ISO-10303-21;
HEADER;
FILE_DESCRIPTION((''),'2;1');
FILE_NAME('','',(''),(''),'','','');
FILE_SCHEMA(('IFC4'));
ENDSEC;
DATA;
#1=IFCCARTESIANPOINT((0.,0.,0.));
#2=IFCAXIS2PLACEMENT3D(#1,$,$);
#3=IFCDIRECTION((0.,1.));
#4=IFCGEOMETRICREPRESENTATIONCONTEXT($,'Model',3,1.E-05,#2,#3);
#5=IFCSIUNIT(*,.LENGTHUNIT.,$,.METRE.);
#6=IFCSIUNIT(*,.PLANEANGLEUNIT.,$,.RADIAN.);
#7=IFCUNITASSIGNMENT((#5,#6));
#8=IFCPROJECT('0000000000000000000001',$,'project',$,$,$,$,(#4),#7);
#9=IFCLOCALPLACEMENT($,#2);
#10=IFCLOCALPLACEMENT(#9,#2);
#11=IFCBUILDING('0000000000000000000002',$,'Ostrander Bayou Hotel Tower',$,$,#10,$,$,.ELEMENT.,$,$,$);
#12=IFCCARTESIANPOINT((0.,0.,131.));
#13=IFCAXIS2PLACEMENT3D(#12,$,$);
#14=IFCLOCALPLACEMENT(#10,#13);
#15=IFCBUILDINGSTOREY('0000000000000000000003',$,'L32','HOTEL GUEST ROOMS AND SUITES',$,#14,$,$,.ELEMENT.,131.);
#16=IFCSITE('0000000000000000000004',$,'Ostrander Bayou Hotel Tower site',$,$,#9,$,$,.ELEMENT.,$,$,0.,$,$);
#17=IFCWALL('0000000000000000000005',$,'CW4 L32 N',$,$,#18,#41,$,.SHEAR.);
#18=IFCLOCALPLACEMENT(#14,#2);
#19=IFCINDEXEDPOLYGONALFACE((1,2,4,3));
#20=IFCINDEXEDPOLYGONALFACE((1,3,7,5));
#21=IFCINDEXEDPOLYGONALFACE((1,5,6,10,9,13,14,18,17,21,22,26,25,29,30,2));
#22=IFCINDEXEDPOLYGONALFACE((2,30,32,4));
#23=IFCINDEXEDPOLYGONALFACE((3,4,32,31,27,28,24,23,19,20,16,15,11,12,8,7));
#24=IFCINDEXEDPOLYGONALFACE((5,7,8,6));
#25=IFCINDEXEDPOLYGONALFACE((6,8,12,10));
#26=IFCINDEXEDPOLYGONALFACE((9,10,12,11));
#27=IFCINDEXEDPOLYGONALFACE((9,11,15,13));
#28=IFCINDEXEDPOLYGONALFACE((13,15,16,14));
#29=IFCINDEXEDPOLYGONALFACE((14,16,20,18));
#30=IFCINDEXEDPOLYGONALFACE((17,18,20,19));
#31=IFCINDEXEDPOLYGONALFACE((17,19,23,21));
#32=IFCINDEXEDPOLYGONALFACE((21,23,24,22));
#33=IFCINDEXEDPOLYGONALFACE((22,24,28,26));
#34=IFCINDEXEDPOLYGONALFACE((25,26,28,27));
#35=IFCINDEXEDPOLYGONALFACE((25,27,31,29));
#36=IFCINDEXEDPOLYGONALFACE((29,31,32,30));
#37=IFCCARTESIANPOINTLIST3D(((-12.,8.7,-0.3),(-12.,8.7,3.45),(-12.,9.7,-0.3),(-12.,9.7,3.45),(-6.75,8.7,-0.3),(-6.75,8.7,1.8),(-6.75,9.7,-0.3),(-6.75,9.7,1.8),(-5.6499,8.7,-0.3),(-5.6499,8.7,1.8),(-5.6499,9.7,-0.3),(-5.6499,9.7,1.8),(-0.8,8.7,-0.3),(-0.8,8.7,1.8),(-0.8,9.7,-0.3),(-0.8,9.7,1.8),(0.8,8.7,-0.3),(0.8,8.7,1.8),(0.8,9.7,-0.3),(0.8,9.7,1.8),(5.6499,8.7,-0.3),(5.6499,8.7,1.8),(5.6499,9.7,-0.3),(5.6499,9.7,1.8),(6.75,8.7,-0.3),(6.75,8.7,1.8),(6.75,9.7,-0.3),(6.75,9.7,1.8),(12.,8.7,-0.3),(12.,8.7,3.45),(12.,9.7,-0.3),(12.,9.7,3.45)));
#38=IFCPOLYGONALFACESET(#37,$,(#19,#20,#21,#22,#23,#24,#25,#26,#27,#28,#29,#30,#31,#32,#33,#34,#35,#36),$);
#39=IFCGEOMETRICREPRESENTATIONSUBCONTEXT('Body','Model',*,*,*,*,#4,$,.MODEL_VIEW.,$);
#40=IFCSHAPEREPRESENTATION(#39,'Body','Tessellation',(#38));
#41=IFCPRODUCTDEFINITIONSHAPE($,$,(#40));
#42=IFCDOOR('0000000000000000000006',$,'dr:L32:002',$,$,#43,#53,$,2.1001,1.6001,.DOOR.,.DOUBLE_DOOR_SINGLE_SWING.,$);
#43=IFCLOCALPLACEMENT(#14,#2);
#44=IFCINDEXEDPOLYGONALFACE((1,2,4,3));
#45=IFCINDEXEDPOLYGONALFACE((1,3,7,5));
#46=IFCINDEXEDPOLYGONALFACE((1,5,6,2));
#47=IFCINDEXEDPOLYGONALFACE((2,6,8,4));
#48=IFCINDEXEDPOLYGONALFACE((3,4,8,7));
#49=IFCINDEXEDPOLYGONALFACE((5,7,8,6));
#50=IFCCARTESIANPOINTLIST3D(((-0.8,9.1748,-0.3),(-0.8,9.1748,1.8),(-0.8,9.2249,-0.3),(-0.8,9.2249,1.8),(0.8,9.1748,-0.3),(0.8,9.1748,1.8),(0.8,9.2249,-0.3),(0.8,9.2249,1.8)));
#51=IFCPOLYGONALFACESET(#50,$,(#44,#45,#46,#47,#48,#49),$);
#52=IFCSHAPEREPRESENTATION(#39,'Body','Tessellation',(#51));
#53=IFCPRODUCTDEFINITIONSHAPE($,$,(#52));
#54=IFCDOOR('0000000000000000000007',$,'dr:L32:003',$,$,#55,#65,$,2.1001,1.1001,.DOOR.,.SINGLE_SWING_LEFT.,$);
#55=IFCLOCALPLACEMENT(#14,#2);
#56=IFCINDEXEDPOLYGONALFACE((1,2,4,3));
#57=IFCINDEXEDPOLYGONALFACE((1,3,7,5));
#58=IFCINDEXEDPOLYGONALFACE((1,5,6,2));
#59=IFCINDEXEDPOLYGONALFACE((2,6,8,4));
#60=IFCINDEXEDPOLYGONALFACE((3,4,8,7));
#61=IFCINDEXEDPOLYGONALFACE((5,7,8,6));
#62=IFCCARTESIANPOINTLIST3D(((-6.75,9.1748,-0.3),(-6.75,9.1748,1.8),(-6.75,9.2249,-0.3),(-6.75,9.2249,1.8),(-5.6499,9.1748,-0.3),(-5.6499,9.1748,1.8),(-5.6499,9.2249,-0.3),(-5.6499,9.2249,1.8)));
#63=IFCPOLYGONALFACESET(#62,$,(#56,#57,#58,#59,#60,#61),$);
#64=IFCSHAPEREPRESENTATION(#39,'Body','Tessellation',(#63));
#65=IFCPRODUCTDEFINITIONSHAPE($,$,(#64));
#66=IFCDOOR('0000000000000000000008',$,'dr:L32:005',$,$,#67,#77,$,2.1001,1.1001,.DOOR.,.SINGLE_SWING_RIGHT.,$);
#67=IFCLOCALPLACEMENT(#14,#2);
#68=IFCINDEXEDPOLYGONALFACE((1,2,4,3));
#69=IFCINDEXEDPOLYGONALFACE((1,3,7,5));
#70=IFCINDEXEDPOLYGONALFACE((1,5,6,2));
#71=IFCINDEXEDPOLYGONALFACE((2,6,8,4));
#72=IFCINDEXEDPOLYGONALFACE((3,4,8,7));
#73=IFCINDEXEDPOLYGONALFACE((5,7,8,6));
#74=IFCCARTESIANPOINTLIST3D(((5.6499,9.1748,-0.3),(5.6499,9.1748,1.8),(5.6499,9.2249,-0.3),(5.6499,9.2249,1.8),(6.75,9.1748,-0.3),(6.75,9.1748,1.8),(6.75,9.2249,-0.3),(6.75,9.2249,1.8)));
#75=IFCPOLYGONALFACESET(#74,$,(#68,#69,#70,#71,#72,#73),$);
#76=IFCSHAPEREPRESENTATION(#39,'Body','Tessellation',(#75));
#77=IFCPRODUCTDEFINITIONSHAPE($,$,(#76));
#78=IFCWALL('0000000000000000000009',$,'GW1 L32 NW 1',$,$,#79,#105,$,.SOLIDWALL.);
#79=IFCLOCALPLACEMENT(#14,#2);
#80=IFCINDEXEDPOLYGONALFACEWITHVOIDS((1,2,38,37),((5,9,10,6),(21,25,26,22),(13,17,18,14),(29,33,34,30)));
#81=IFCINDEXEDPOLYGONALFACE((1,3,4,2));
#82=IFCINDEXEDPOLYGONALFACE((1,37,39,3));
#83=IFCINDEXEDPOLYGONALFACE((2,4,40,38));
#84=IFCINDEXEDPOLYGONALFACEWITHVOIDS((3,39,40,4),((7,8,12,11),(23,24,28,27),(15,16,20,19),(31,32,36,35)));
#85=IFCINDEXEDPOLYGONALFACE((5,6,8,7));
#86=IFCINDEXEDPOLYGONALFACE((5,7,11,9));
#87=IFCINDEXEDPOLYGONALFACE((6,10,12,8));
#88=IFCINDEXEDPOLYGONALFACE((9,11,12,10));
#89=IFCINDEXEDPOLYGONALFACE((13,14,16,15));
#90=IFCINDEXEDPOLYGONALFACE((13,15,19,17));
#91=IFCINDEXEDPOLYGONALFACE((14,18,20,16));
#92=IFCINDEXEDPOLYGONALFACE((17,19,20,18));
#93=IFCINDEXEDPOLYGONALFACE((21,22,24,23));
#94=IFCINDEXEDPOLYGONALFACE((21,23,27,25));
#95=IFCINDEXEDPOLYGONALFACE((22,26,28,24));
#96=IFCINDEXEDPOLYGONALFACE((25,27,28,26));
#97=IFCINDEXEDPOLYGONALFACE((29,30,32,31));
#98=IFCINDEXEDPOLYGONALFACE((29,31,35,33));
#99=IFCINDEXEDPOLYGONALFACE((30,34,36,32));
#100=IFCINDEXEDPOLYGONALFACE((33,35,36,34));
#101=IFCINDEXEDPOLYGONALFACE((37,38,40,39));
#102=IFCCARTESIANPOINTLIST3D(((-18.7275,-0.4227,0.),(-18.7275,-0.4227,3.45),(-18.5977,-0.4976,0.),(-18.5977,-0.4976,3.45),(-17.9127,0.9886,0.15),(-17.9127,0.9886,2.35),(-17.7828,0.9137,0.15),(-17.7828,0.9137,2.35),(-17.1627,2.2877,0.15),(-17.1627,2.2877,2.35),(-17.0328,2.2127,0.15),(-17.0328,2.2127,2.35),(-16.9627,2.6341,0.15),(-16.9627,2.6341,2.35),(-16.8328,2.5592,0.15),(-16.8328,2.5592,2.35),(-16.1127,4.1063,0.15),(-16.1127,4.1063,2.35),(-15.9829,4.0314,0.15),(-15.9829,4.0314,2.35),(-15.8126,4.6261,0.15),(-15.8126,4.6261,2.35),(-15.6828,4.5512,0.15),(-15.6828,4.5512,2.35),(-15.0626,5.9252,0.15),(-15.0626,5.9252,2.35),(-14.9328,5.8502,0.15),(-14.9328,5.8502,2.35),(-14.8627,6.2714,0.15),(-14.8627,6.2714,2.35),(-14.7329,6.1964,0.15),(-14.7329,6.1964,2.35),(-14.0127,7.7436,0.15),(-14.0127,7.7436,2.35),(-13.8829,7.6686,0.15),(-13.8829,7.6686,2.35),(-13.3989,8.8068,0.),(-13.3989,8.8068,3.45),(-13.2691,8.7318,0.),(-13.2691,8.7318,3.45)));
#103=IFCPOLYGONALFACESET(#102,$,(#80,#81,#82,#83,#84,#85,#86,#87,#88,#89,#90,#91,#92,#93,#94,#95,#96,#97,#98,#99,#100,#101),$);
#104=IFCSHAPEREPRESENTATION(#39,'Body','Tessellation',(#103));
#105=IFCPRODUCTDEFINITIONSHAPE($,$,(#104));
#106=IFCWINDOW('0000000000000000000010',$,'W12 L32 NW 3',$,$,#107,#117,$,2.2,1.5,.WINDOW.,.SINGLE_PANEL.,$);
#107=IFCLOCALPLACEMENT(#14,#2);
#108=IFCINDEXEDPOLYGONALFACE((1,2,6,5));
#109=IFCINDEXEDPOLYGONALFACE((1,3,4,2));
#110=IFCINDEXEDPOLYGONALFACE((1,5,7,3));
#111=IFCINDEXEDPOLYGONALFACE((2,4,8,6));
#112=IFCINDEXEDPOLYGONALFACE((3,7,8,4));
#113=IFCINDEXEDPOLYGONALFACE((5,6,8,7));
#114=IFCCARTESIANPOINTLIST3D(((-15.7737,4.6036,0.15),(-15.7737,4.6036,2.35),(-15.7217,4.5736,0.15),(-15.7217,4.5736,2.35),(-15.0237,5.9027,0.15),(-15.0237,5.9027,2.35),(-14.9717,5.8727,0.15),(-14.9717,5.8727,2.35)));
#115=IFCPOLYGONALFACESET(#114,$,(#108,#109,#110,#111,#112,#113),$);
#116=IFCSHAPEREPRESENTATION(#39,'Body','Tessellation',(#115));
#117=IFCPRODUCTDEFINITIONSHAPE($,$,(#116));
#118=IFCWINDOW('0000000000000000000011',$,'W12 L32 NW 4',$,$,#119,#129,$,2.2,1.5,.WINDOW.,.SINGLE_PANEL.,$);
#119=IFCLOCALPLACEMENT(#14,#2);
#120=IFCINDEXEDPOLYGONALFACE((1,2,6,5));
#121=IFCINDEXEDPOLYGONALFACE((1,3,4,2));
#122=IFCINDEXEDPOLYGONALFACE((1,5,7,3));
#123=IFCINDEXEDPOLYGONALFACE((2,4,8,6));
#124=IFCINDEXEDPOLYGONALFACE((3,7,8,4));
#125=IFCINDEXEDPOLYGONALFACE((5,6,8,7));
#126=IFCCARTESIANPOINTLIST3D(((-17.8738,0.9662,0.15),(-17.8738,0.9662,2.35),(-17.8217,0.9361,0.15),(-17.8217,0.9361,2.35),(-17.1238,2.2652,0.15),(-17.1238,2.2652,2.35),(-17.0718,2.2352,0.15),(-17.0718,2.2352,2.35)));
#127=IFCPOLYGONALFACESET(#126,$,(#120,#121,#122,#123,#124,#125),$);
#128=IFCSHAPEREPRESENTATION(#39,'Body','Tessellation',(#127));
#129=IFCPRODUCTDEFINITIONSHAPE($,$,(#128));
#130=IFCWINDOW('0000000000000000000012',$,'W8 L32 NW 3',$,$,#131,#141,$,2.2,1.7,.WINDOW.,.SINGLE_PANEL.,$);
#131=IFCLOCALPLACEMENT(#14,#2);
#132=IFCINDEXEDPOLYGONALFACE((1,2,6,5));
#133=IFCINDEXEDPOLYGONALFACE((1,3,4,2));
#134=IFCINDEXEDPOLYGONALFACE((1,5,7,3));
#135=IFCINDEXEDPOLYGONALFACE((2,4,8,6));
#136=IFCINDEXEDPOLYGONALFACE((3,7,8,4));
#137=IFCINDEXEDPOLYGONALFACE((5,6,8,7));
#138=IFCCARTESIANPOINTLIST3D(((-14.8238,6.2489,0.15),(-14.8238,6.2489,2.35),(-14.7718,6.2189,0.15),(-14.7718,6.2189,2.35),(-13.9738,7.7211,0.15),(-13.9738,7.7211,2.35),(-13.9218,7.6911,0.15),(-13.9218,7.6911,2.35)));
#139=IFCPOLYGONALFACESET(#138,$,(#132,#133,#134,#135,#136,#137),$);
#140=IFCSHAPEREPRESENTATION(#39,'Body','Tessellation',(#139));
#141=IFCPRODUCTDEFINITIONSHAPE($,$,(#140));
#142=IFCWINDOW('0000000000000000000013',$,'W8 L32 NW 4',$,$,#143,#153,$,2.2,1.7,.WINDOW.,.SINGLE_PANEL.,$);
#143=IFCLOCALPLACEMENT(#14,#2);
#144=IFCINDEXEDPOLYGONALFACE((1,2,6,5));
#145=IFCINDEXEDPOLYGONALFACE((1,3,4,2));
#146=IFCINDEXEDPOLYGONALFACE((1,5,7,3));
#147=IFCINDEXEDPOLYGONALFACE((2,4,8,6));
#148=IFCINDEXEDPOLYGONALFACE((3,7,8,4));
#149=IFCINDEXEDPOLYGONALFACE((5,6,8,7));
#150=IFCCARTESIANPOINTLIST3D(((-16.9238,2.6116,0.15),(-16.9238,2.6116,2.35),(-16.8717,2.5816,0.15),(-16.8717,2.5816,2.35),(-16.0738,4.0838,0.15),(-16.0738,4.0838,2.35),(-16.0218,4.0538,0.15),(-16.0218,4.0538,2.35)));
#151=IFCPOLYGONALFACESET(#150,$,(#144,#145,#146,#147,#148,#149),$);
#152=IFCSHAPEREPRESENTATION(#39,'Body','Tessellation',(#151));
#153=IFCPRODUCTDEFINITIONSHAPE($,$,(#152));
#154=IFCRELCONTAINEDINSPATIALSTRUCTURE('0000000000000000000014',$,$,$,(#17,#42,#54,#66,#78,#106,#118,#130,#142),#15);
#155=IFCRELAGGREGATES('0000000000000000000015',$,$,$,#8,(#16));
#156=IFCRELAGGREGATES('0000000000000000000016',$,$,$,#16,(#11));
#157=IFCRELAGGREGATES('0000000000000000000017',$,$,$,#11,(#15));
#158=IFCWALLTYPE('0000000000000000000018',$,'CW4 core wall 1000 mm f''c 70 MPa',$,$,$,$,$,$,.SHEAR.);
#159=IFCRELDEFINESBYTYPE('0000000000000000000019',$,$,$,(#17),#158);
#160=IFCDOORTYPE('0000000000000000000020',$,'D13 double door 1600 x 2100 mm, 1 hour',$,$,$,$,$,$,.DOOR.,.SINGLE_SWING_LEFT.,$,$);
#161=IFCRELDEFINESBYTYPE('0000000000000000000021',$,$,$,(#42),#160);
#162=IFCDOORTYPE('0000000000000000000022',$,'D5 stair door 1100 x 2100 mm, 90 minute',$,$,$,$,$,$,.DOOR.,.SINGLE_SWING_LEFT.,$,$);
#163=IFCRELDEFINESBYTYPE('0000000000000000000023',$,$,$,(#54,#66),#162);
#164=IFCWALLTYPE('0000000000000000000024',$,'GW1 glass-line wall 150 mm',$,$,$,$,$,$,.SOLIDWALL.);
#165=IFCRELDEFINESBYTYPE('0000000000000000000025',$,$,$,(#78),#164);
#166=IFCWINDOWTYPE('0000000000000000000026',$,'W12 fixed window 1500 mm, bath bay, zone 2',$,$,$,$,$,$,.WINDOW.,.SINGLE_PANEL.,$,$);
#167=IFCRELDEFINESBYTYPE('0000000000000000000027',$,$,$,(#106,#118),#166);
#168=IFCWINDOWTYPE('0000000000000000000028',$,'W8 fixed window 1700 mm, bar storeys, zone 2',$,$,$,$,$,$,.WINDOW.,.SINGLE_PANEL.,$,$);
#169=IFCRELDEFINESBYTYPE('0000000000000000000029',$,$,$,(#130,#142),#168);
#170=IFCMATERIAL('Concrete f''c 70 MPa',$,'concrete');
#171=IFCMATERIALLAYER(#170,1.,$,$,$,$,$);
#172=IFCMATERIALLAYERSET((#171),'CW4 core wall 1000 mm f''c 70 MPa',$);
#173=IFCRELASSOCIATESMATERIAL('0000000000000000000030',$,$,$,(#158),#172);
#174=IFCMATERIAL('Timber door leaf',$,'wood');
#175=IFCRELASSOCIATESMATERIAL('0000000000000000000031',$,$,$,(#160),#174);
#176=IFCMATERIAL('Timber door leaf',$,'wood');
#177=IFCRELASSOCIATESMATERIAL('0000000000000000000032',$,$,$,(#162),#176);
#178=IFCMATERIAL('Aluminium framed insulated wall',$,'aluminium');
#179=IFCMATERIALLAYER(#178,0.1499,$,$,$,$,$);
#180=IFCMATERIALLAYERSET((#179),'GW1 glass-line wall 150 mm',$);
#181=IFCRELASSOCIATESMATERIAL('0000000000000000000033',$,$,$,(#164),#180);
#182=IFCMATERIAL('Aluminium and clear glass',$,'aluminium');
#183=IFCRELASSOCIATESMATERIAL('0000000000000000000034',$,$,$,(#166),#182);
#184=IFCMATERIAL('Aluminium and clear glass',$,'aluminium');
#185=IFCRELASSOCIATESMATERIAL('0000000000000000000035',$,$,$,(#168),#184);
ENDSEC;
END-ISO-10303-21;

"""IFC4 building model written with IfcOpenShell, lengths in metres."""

from ifc_helpers import new_model, si_unit, direction, frame, frame_2d, origin, place, context, subcontext, project, spatial, rectangle, extrude, material, layer, layer_set, type_object, element, fill, save


model = new_model("IFC4")

# Units and contexts
model_context = context("Model", 3, precision=1e-05, world=origin(), true_north=direction((0.0, 1.0)))
body_context = subcontext(model_context, "Body", "Model", "MODEL_VIEW")
ifc_project = project(units=[si_unit("LENGTHUNIT", "METRE"), si_unit("PLANEANGLEUNIT", "RADIAN")], contexts=[model_context])

# Site, building, storey
site_placement = place(None, origin())
site = spatial("IfcSite", under=ifc_project, at=site_placement, Name="Ostrander Bayou Hotel Tower site", CompositionType="ELEMENT", RefElevation=0.0)
building_placement = place(site_placement, origin())
building = spatial("IfcBuilding", under=site, at=building_placement, Name="Ostrander Bayou Hotel Tower", CompositionType="ELEMENT")
storey_placement = place(building_placement, frame((0.0, 0.0, 131.0)))
storey = spatial("IfcBuildingStorey", under=building, at=storey_placement, Name="L32", Description="HOTEL GUEST ROOMS AND SUITES", CompositionType="ELEMENT", Elevation=131.0)

# Wall, openings, doors
ifc_material_1 = material(Name="Concrete f'c 70 MPa", Category="concrete")
ifc_layer_1 = layer(ifc_material_1, 1.0)
ifc_layer_set_1 = layer_set([ifc_layer_1], Name="CW4 core wall 1000 mm f'c 70 MPa")
wall_type_1 = type_object("IfcWallType", Name="CW4 core wall 1000 mm f'c 70 MPa", PredefinedType="SHEAR", material=ifc_layer_set_1)
wall_1_placement = place(storey_placement, frame((-12.0, 9.2, -0.3), z_axis=(0.0, 0.0, 1.0), x_axis=(1.0, 0.0, 0.0)))
wall_1 = element("IfcWall", 1, at=wall_1_placement, inside=storey, type_object=wall_type_1, Name="CW4 L32 N", PredefinedType="SHEAR", context=body_context, shape_type="SweptSolid", body=[
    extrude(rectangle(XDim=24.0, YDim=1.0, at=frame_2d((12.0, 0.0))), origin(), (0.0, 0.0, 1.0), 3.75),
])
opening_1_placement = place(wall_1_placement, frame((11.2, 0.0, 0.0)))
opening_1 = element("IfcOpeningElement", 2, at=opening_1_placement, cuts=wall_1, PredefinedType="OPENING", context=body_context, shape_type="SweptSolid", body=[
    extrude(rectangle(XDim=1.6001, YDim=2.1001, at=frame_2d((0.8, 1.05))), frame((0.0, 0.5, 0.0), z_axis=(0.0, -1.0, 0.0), x_axis=(1.0, 0.0, 0.0)), (0.0, 0.0, 1.0), 1.0),
])
opening_2_placement = place(wall_1_placement, frame((5.25, 0.0, 0.0)))
opening_2 = element("IfcOpeningElement", 3, at=opening_2_placement, cuts=wall_1, PredefinedType="OPENING", context=body_context, shape_type="SweptSolid", body=[
    extrude(rectangle(XDim=1.1001, YDim=2.1001, at=frame_2d((0.55, 1.05))), frame((0.0, 0.5, 0.0), z_axis=(0.0, -1.0, 0.0), x_axis=(1.0, 0.0, 0.0)), (0.0, 0.0, 1.0), 1.0),
])
opening_3_placement = place(wall_1_placement, frame((17.6499, 0.0, 0.0)))
opening_3 = element("IfcOpeningElement", 4, at=opening_3_placement, cuts=wall_1, PredefinedType="OPENING", context=body_context, shape_type="SweptSolid", body=[
    extrude(rectangle(XDim=1.1001, YDim=2.1001, at=frame_2d((0.55, 1.05))), frame((0.0, 0.5, 0.0), z_axis=(0.0, -1.0, 0.0), x_axis=(1.0, 0.0, 0.0)), (0.0, 0.0, 1.0), 1.0),
])
ifc_material_2 = material(Name="Timber door leaf", Category="wood")
door_type_1 = type_object("IfcDoorType", Name="D13 double door 1600 x 2100 mm, 1 hour", OperationType="SINGLE_SWING_LEFT", PredefinedType="DOOR", material=ifc_material_2)
door_1_placement = place(opening_1_placement, origin())
door_1 = element("IfcDoor", 5, at=door_1_placement, inside=storey, type_object=door_type_1, Name="dr:L32:002", OperationType="DOUBLE_DOOR_SINGLE_SWING", OverallHeight=2.1001, OverallWidth=1.6001, PredefinedType="DOOR", context=body_context, shape_type="SweptSolid", body=[
    extrude(rectangle(XDim=1.6001, YDim=2.1001, at=frame_2d((0.8, 1.05))), frame((0.0, 0.0249, 0.0), z_axis=(0.0, -1.0, 0.0), x_axis=(1.0, 0.0, 0.0)), (0.0, 0.0, 1.0), 0.05),
])
fill(opening_1, door_1)
ifc_material_3 = material(Name="Timber door leaf", Category="wood")
door_type_2 = type_object("IfcDoorType", Name="D5 stair door 1100 x 2100 mm, 90 minute", OperationType="SINGLE_SWING_LEFT", PredefinedType="DOOR", material=ifc_material_3)
door_2_placement = place(opening_2_placement, origin())
door_2 = element("IfcDoor", 6, at=door_2_placement, inside=storey, type_object=door_type_2, Name="dr:L32:003", OperationType="SINGLE_SWING_LEFT", OverallHeight=2.1001, OverallWidth=1.1001, PredefinedType="DOOR", context=body_context, shape_type="SweptSolid", body=[
    extrude(rectangle(XDim=1.1001, YDim=2.1001, at=frame_2d((0.55, 1.05))), frame((0.0, 0.0249, 0.0), z_axis=(0.0, -1.0, 0.0), x_axis=(1.0, 0.0, 0.0)), (0.0, 0.0, 1.0), 0.05),
])
fill(opening_2, door_2)
door_3_placement = place(opening_3_placement, origin())
door_3 = element("IfcDoor", 7, at=door_3_placement, inside=storey, type_object=door_type_2, Name="dr:L32:005", OperationType="SINGLE_SWING_RIGHT", OverallHeight=2.1001, OverallWidth=1.1001, PredefinedType="DOOR", context=body_context, shape_type="SweptSolid", body=[
    extrude(rectangle(XDim=1.1001, YDim=2.1001, at=frame_2d((0.55, 1.05))), frame((0.0, 0.0249, 0.0), z_axis=(0.0, -1.0, 0.0), x_axis=(1.0, 0.0, 0.0)), (0.0, 0.0, 1.0), 0.05),
])
fill(opening_3, door_3)

# Wall, openings, windows
ifc_material_4 = material(Name="Aluminium framed insulated wall", Category="aluminium")
ifc_layer_2 = layer(ifc_material_4, 0.1499)
ifc_layer_set_2 = layer_set([ifc_layer_2], Name="GW1 glass-line wall 150 mm")
wall_type_2 = type_object("IfcWallType", Name="GW1 glass-line wall 150 mm", PredefinedType="SOLIDWALL", material=ifc_layer_set_2)
wall_2_placement = place(storey_placement, frame((-13.334, 8.7693, 0.0), z_axis=(0.0, 0.0, 1.0), x_axis=(-0.499997, -0.866027, 0.0)))
wall_2 = element("IfcWall", 8, at=wall_2_placement, inside=storey, type_object=wall_type_2, Name="GW1 L32 NW 1", PredefinedType="SOLIDWALL", context=body_context, shape_type="SweptSolid", body=[
    extrude(rectangle(XDim=10.6572, YDim=0.1499, at=frame_2d((5.3286, 0.0))), origin(), (0.0, 0.0, 1.0), 3.45),
])
opening_4_placement = place(wall_2_placement, frame((1.2275, 0.0, 0.1499)))
opening_4 = element("IfcOpeningElement", 9, at=opening_4_placement, cuts=wall_2, PredefinedType="OPENING", context=body_context, shape_type="SweptSolid", body=[
    extrude(rectangle(XDim=1.7, YDim=2.2, at=frame_2d((0.8501, 1.1001))), frame((0.0, 0.075, 0.0), z_axis=(0.0, -1.0, 0.0), x_axis=(1.0, 0.0, 0.0)), (0.0, 0.0, 1.0), 0.1499),
])
opening_5_placement = place(wall_2_placement, frame((3.3274, 0.0, 0.1499)))
opening_5 = element("IfcOpeningElement", 10, at=opening_5_placement, cuts=wall_2, PredefinedType="OPENING", context=body_context, shape_type="SweptSolid", body=[
    extrude(rectangle(XDim=1.5, YDim=2.2, at=frame_2d((0.75, 1.1001))), frame((0.0, 0.075, 0.0), z_axis=(0.0, -1.0, 0.0), x_axis=(1.0, 0.0, 0.0)), (0.0, 0.0, 1.0), 0.1499),
])
opening_6_placement = place(wall_2_placement, frame((5.4275, 0.0, 0.1499)))
opening_6 = element("IfcOpeningElement", 11, at=opening_6_placement, cuts=wall_2, PredefinedType="OPENING", context=body_context, shape_type="SweptSolid", body=[
    extrude(rectangle(XDim=1.7, YDim=2.2, at=frame_2d((0.8501, 1.1001))), frame((0.0, 0.075, 0.0), z_axis=(0.0, -1.0, 0.0), x_axis=(1.0, 0.0, 0.0)), (0.0, 0.0, 1.0), 0.1499),
])
opening_7_placement = place(wall_2_placement, frame((7.5276, 0.0, 0.1499)))
opening_7 = element("IfcOpeningElement", 12, at=opening_7_placement, cuts=wall_2, PredefinedType="OPENING", context=body_context, shape_type="SweptSolid", body=[
    extrude(rectangle(XDim=1.5, YDim=2.2, at=frame_2d((0.75, 1.1001))), frame((0.0, 0.075, 0.0), z_axis=(0.0, -1.0, 0.0), x_axis=(1.0, 0.0, 0.0)), (0.0, 0.0, 1.0), 0.1499),
])
ifc_material_5 = material(Name="Aluminium and clear glass", Category="aluminium")
window_type_1 = type_object("IfcWindowType", Name="W12 fixed window 1500 mm, bath bay, zone 2", PartitioningType="SINGLE_PANEL", PredefinedType="WINDOW", material=ifc_material_5)
window_1_placement = place(opening_5_placement, origin())
window_1 = element("IfcWindow", 13, at=window_1_placement, inside=storey, type_object=window_type_1, Name="W12 L32 NW 3", OverallHeight=2.2, OverallWidth=1.5, PartitioningType="SINGLE_PANEL", PredefinedType="WINDOW", context=body_context, shape_type="SweptSolid", body=[
    extrude(rectangle(XDim=1.5, YDim=2.2, at=frame_2d((0.75, 1.1001))), frame((0.0, 0.03, 0.0), z_axis=(0.0, -1.0, 0.0), x_axis=(1.0, 0.0, 0.0)), (0.0, 0.0, 1.0), 0.0601),
])
fill(opening_5, window_1)
window_2_placement = place(opening_7_placement, origin())
window_2 = element("IfcWindow", 14, at=window_2_placement, inside=storey, type_object=window_type_1, Name="W12 L32 NW 4", OverallHeight=2.2, OverallWidth=1.5, PartitioningType="SINGLE_PANEL", PredefinedType="WINDOW", context=body_context, shape_type="SweptSolid", body=[
    extrude(rectangle(XDim=1.5, YDim=2.2, at=frame_2d((0.75, 1.1001))), frame((0.0, 0.03, 0.0), z_axis=(0.0, -1.0, 0.0), x_axis=(1.0, 0.0, 0.0)), (0.0, 0.0, 1.0), 0.0601),
])
fill(opening_7, window_2)
ifc_material_6 = material(Name="Aluminium and clear glass", Category="aluminium")
window_type_2 = type_object("IfcWindowType", Name="W8 fixed window 1700 mm, bar storeys, zone 2", PartitioningType="SINGLE_PANEL", PredefinedType="WINDOW", material=ifc_material_6)
window_3_placement = place(opening_4_placement, origin())
window_3 = element("IfcWindow", 15, at=window_3_placement, inside=storey, type_object=window_type_2, Name="W8 L32 NW 3", OverallHeight=2.2, OverallWidth=1.7, PartitioningType="SINGLE_PANEL", PredefinedType="WINDOW", context=body_context, shape_type="SweptSolid", body=[
    extrude(rectangle(XDim=1.7, YDim=2.2, at=frame_2d((0.8501, 1.1001))), frame((0.0, 0.03, 0.0), z_axis=(0.0, -1.0, 0.0), x_axis=(1.0, 0.0, 0.0)), (0.0, 0.0, 1.0), 0.0601),
])
fill(opening_4, window_3)
window_4_placement = place(opening_6_placement, origin())
window_4 = element("IfcWindow", 16, at=window_4_placement, inside=storey, type_object=window_type_2, Name="W8 L32 NW 4", OverallHeight=2.2, OverallWidth=1.7, PartitioningType="SINGLE_PANEL", PredefinedType="WINDOW", context=body_context, shape_type="SweptSolid", body=[
    extrude(rectangle(XDim=1.7, YDim=2.2, at=frame_2d((0.8501, 1.1001))), frame((0.0, 0.03, 0.0), z_axis=(0.0, -1.0, 0.0), x_axis=(1.0, 0.0, 0.0)), (0.0, 0.0, 1.0), 0.0601),
])
fill(opening_6, window_4)

save(model, "model.ifc")
